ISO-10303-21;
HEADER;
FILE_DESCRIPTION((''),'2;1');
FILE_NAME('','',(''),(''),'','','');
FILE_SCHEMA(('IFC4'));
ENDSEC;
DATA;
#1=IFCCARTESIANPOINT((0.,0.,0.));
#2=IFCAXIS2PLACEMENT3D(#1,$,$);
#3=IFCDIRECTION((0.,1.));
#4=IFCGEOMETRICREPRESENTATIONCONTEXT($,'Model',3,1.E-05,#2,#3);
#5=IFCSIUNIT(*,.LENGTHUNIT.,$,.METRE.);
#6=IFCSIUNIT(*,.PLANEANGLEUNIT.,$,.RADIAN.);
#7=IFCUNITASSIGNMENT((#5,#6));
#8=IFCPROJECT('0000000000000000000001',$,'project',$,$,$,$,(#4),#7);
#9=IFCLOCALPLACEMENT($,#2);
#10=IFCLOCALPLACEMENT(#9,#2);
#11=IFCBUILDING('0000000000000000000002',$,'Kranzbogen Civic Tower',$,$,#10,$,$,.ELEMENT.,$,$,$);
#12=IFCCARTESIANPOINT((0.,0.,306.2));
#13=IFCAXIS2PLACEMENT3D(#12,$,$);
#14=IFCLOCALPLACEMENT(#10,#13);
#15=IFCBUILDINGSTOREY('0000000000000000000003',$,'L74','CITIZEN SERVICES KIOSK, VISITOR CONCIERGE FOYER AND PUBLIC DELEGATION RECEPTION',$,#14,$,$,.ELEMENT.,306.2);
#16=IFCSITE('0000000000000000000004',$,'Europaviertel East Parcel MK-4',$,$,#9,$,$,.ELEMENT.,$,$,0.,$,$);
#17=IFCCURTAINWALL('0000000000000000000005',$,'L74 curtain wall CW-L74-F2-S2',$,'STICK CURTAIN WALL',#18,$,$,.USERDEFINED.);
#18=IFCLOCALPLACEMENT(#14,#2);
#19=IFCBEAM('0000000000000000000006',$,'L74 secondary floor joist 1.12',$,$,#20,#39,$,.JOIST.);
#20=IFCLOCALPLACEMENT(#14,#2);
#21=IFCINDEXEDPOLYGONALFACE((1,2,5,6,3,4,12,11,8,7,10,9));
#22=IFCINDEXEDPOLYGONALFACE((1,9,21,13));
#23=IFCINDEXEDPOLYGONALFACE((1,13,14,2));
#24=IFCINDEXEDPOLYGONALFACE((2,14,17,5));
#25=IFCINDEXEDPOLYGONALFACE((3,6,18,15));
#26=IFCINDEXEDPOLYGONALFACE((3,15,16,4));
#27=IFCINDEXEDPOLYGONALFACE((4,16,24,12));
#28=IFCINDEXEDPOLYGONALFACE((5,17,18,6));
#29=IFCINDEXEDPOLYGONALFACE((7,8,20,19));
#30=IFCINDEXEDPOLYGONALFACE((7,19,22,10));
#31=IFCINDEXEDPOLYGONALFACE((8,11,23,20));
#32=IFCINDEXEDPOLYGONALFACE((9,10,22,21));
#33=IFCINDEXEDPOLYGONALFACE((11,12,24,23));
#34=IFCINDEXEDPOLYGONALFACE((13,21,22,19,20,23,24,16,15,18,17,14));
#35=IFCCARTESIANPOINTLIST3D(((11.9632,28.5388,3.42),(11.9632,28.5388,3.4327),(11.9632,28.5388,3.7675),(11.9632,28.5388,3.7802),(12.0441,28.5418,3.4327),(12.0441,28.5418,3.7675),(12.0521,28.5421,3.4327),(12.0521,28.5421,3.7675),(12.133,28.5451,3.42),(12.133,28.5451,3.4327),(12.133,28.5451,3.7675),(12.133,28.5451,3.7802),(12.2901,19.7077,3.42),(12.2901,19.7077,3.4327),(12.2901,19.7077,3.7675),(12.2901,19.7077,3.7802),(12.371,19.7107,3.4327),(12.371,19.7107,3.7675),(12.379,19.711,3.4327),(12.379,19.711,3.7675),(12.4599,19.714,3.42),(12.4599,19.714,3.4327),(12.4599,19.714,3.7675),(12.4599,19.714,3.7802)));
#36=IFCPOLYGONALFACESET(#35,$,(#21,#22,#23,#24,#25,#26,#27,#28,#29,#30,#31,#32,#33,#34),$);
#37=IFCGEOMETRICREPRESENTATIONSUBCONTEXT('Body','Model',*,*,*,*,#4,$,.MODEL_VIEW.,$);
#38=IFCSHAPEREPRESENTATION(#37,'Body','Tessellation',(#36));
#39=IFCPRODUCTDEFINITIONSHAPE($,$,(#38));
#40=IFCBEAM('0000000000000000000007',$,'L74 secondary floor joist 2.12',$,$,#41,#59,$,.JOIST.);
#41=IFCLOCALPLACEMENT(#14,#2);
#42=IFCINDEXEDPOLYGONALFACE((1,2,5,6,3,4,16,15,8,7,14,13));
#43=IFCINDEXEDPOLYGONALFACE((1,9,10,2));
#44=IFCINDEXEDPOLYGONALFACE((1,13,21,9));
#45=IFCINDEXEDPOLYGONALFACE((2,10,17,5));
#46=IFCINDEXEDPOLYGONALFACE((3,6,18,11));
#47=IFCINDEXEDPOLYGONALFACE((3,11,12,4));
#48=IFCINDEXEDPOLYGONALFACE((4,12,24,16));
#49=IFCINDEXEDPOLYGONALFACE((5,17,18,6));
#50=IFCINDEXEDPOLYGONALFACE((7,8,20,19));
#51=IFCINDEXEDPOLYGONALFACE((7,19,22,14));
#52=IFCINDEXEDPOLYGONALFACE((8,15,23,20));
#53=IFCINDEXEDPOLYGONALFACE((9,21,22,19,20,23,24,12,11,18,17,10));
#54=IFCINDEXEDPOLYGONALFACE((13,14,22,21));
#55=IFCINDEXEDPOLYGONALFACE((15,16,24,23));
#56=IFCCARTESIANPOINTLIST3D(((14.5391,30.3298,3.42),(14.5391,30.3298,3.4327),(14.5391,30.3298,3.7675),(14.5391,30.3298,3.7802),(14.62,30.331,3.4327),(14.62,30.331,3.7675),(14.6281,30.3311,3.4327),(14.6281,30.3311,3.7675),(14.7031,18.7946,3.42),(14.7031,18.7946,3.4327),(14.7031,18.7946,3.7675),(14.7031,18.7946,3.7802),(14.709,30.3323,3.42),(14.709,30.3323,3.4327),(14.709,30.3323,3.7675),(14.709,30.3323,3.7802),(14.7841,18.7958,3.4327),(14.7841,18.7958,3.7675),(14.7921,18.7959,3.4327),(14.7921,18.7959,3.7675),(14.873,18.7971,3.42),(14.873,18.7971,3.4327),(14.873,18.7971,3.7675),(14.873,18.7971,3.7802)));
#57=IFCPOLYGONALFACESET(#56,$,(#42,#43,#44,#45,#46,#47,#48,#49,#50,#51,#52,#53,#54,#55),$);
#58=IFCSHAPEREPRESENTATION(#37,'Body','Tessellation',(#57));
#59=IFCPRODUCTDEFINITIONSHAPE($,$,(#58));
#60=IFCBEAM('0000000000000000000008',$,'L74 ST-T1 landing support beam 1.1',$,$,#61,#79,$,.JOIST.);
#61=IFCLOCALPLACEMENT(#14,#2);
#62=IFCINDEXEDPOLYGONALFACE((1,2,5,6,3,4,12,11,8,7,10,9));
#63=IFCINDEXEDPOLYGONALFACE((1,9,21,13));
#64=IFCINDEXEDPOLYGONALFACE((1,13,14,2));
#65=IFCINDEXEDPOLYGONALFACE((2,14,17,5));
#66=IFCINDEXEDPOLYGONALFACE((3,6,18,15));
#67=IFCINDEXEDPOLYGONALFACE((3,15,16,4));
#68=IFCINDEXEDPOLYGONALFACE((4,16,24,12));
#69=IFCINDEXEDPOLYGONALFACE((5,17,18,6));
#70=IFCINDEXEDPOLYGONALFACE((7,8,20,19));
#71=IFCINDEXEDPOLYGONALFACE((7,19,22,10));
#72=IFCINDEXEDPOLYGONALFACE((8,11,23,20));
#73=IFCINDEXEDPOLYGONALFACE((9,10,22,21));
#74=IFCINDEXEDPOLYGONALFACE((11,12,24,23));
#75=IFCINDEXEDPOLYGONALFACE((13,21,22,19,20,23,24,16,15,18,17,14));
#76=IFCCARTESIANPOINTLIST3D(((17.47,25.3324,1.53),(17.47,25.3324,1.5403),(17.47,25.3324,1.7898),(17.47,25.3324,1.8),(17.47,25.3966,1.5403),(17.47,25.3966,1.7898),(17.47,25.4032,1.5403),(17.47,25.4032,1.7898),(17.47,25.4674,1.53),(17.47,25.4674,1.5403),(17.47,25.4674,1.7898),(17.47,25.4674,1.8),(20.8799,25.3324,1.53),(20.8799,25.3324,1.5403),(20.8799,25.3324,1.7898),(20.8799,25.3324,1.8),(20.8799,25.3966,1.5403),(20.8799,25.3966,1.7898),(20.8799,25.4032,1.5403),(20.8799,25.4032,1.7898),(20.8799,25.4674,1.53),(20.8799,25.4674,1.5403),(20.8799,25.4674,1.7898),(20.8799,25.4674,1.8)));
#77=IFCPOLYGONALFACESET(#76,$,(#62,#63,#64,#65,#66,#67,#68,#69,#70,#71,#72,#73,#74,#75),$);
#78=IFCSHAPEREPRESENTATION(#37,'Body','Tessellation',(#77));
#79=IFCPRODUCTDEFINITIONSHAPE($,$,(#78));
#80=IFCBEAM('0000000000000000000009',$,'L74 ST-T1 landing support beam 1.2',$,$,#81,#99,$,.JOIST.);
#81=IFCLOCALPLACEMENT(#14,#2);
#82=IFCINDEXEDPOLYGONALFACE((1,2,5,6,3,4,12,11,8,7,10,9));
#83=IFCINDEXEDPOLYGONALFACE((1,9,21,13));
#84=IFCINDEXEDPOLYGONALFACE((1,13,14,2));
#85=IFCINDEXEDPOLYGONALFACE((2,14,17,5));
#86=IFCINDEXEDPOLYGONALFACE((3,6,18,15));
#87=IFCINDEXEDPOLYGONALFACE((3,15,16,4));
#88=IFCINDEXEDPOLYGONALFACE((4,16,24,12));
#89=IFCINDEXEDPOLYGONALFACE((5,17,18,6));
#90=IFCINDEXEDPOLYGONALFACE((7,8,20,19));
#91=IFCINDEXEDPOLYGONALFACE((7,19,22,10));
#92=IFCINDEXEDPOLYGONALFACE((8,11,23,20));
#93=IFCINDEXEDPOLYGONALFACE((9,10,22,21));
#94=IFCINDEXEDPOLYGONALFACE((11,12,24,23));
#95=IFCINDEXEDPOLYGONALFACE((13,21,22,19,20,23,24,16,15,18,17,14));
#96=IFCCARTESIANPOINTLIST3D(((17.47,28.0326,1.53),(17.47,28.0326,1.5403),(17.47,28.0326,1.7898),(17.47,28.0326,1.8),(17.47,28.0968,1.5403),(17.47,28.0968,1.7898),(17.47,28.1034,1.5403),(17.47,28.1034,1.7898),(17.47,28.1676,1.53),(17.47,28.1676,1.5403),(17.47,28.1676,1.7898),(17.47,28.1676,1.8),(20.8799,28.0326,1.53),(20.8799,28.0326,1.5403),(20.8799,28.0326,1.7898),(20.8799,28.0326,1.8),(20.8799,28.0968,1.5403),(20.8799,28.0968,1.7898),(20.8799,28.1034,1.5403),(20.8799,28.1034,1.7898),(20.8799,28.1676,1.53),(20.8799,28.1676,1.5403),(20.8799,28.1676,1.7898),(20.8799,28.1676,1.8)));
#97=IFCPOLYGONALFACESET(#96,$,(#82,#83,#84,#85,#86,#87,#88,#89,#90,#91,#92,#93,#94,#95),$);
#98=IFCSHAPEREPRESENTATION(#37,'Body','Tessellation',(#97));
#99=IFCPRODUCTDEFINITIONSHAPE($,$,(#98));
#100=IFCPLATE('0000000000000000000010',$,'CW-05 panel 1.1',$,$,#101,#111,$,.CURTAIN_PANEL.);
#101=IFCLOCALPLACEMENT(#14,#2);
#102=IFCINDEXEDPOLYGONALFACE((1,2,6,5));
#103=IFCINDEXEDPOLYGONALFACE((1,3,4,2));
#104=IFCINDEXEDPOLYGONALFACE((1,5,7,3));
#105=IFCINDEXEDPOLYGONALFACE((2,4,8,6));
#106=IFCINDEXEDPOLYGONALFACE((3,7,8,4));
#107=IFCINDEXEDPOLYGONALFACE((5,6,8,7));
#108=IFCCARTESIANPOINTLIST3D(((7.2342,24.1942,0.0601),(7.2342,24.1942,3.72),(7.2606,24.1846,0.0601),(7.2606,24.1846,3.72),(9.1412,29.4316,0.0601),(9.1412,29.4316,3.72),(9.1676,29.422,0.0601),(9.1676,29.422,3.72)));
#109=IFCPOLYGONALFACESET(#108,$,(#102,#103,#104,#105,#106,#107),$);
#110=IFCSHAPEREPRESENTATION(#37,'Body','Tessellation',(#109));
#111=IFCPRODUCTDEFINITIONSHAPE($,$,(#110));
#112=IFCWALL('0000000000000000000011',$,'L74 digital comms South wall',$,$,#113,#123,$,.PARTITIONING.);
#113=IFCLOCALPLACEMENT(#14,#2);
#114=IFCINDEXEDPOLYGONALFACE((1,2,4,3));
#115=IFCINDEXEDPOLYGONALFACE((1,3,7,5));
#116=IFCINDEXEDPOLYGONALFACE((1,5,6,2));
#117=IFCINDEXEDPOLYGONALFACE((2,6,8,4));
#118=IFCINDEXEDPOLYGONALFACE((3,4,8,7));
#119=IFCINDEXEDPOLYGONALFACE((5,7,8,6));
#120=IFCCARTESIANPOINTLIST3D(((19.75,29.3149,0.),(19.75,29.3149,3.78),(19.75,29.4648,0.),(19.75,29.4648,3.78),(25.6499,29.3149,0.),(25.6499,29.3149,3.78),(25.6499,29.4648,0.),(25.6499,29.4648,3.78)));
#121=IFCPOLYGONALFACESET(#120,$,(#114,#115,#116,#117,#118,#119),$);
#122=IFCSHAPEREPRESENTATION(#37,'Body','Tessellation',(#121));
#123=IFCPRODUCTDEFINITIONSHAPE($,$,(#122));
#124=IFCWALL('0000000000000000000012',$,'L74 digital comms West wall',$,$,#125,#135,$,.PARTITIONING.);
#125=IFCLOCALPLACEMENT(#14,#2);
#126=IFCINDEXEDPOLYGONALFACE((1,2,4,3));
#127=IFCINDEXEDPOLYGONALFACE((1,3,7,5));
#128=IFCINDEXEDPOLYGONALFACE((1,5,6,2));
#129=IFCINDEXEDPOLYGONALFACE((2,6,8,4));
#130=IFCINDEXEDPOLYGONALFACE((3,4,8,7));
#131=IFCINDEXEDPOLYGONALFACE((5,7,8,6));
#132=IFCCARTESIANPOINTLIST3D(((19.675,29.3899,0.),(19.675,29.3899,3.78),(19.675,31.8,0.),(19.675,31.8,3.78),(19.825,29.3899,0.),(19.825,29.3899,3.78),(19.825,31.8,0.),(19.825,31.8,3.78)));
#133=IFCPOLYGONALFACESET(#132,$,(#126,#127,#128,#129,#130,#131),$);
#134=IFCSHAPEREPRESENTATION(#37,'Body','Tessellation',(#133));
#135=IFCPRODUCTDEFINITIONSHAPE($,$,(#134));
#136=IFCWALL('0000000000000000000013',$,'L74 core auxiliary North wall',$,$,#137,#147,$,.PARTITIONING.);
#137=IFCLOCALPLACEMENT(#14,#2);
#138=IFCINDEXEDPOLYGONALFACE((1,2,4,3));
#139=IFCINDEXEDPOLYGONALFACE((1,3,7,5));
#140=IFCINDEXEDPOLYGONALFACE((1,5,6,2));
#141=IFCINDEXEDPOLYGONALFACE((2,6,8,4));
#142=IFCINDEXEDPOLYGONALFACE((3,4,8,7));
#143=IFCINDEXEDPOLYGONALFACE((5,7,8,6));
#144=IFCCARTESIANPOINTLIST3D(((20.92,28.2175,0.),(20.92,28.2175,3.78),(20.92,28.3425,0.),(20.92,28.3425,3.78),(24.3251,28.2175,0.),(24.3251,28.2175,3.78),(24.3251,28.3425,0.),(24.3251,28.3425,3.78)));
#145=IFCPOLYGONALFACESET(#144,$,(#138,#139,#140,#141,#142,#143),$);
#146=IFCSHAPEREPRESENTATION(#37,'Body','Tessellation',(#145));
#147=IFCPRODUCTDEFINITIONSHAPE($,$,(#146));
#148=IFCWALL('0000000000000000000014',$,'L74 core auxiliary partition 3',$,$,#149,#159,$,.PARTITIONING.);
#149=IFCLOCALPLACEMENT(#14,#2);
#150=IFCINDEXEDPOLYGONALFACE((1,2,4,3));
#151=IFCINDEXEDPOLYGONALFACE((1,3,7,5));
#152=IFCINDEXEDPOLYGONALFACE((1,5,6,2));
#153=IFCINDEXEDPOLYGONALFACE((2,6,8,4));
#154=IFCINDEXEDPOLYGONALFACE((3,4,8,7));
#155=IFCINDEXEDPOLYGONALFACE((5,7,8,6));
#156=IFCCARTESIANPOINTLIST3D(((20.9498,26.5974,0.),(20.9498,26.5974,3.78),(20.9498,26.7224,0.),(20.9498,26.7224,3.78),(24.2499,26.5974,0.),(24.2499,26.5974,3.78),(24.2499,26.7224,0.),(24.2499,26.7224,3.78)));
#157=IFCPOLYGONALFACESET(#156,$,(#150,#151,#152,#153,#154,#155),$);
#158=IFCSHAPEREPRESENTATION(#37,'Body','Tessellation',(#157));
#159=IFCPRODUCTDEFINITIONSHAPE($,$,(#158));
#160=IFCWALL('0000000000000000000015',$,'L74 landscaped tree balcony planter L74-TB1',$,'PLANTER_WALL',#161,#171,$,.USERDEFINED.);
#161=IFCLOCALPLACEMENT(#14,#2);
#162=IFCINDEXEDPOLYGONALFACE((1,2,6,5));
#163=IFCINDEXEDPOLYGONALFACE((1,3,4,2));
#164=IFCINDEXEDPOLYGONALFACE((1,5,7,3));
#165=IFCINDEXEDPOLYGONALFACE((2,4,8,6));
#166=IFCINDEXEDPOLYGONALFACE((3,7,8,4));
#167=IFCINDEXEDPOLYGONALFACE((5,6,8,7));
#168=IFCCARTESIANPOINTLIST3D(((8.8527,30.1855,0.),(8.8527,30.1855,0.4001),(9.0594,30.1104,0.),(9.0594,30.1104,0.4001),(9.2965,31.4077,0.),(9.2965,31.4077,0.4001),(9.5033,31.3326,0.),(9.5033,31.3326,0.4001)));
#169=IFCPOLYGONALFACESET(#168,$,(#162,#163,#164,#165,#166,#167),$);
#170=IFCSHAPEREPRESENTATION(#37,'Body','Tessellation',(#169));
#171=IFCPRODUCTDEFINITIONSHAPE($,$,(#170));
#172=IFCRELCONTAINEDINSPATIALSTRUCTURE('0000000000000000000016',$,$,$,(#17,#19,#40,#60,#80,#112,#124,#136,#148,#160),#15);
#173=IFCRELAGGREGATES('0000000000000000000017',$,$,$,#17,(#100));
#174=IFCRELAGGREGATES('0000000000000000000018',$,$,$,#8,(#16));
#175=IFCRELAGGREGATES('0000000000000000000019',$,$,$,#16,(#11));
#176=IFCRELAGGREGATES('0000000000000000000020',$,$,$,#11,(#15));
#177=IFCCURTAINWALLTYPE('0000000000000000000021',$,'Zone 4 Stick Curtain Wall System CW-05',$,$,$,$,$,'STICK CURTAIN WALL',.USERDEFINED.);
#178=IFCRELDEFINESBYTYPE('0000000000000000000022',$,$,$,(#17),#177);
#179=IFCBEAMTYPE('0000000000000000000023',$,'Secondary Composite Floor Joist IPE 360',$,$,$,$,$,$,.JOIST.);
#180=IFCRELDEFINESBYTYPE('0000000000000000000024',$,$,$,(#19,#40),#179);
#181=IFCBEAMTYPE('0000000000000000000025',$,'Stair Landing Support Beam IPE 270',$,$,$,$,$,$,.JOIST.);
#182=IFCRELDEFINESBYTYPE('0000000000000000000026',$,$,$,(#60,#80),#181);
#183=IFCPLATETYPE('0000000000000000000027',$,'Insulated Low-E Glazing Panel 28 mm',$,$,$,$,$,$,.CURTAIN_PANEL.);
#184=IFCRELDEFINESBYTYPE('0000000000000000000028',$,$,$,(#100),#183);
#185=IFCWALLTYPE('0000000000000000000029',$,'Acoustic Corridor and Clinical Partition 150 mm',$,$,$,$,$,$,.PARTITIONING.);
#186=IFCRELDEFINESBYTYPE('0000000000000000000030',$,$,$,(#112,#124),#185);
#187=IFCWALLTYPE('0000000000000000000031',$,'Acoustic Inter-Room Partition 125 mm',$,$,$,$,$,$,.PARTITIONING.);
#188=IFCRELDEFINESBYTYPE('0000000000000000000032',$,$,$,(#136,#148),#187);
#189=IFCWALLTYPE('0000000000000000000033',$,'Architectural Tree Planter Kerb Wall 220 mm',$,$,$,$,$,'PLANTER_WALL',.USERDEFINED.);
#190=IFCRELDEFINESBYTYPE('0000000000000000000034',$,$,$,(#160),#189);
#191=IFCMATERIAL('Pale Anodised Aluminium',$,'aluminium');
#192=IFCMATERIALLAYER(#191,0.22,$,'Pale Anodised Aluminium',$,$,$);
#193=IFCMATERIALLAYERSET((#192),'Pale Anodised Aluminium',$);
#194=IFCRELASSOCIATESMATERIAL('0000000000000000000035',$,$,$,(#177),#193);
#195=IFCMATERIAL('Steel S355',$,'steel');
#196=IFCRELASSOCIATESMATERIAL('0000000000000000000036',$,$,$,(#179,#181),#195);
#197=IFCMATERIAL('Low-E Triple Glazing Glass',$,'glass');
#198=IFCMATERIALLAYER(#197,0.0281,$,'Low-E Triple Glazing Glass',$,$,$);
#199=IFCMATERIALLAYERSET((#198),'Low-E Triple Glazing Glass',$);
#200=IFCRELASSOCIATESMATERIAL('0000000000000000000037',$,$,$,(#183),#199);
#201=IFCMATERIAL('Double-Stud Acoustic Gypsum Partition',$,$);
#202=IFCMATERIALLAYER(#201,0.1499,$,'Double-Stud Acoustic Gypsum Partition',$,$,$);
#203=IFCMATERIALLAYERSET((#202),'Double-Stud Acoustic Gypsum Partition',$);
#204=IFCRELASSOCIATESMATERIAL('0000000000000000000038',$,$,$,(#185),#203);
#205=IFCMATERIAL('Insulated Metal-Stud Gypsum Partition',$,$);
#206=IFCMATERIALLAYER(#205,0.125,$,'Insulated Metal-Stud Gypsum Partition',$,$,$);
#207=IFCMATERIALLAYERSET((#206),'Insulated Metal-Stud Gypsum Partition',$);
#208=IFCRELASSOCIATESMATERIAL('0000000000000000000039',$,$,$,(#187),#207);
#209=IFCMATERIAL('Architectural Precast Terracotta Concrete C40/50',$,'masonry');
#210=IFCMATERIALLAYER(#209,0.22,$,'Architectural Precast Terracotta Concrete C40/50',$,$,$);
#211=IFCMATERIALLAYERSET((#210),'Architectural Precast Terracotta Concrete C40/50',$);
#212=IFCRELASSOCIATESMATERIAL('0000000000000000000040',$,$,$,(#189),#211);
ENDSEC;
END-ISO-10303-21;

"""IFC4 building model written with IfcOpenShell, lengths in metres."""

from ifc_helpers import new_model, si_unit, direction, frame, frame_2d, origin, origin_2d, place, context, subcontext, project, spatial, rectangle, i_section, extrude, material, layer, layer_set, material_profile, profile_set, type_object, element, aggregate, save


model = new_model("IFC4")

# Units and contexts
model_context = context("Model", 3, precision=1e-05, world=origin(), true_north=direction((0.0, 1.0)))
body_context = subcontext(model_context, "Body", "Model", "MODEL_VIEW")
ifc_project = project(units=[si_unit("LENGTHUNIT", "METRE"), si_unit("PLANEANGLEUNIT", "RADIAN")], contexts=[model_context])

# Site, building, storey
site_placement = place(None, origin())
site = spatial("IfcSite", under=ifc_project, at=site_placement, Name="Europaviertel East Parcel MK-4", CompositionType="ELEMENT", RefElevation=0.0)
building_placement = place(site_placement, origin())
building = spatial("IfcBuilding", under=site, at=building_placement, Name="Kranzbogen Civic Tower", CompositionType="ELEMENT")
storey_placement = place(building_placement, frame((0.0, 0.0, 306.2)))
storey = spatial("IfcBuildingStorey", under=building, at=storey_placement, Name="L74", Description="CITIZEN SERVICES KIOSK, VISITOR CONCIERGE FOYER AND PUBLIC DELEGATION RECEPTION", CompositionType="ELEMENT", Elevation=306.2)

# Shared definitions
ifc_material_1 = material(Name="Steel S355", Category="steel")

# Shared definitions
ifc_material_2 = material(Name="Pale Anodised Aluminium", Category="aluminium")
ifc_layer_1 = layer(ifc_material_2, 0.22, Name="Pale Anodised Aluminium")
ifc_layer_set_1 = layer_set([ifc_layer_1], Name="Pale Anodised Aluminium")
curtain_wall_type = type_object("IfcCurtainWallType", Name="Zone 4 Stick Curtain Wall System CW-05", ElementType="STICK CURTAIN WALL", PredefinedType="USERDEFINED", material=ifc_layer_set_1)

# Curtain wall
curtain_wall_1_placement = place(storey_placement, origin())
curtain_wall_1 = element("IfcCurtainWall", 1, at=curtain_wall_1_placement, inside=storey, type_object=curtain_wall_type, Name="L74 curtain wall CW-L74-F2-S2", ObjectType="STICK CURTAIN WALL", PredefinedType="USERDEFINED")

# Beams
ifc_material_profile_1 = material_profile(ifc_material_1, i_section(OverallWidth=0.1699, OverallDepth=0.3601, WebThickness=0.0081, FlangeThickness=0.0127, at=origin_2d()), Name="IPE 360")
ifc_profile_set_1 = profile_set([ifc_material_profile_1], Name="Steel S355")
beam_type_1 = type_object("IfcBeamType", Name="Secondary Composite Floor Joist IPE 360", PredefinedType="JOIST", material=ifc_profile_set_1)
beam_1_placement = place(storey_placement, frame((12.0481, 28.542, 3.6001), z_axis=(0.036992, -0.999316, 0.0), x_axis=(0.999316, 0.036992, 0.0)))
element("IfcBeam", 2, at=beam_1_placement, inside=storey, type_object=beam_type_1, Name="L74 secondary floor joist 1.12", PredefinedType="JOIST", context=body_context, shape_type="SweptSolid", body=[
    extrude(i_section(OverallWidth=0.1699, OverallDepth=0.3601, WebThickness=0.0081, FlangeThickness=0.0127, at=origin_2d()), origin(), (0.0, 0.0, 1.0), 8.8372),
])
beam_2_placement = place(storey_placement, frame((14.624, 30.3311, 3.6001), z_axis=(0.014221, -0.999899, 0.0), x_axis=(0.999899, 0.014221, 0.0)))
element("IfcBeam", 3, at=beam_2_placement, inside=storey, type_object=beam_type_1, Name="L74 secondary floor joist 2.12", PredefinedType="JOIST", context=body_context, shape_type="SweptSolid", body=[
    extrude(i_section(OverallWidth=0.1699, OverallDepth=0.3601, WebThickness=0.0081, FlangeThickness=0.0127, at=origin_2d()), origin(), (0.0, 0.0, 1.0), 11.5364),
])
ifc_material_profile_2 = material_profile(ifc_material_1, i_section(OverallWidth=0.135, OverallDepth=0.27, WebThickness=0.0066, FlangeThickness=0.0103, at=origin_2d()), Name="IPE 270")
ifc_profile_set_2 = profile_set([ifc_material_profile_2], Name="Steel S355")
beam_type_2 = type_object("IfcBeamType", Name="Stair Landing Support Beam IPE 270", PredefinedType="JOIST", material=ifc_profile_set_2)
for number, where, z_axis, x_axis, name in (
    (4, (20.8799, 25.3999, 1.665), (-1.0, 0.0, 0.0), (0.0, -1.0, 0.0), "L74 ST-T1 landing support beam 1.1"),
    (5, (20.8799, 28.1001, 1.665), (-1.0, 0.0, 0.0), (0.0, -1.0, 0.0), "L74 ST-T1 landing support beam 1.2"),
):
    element("IfcBeam", number, at=place(storey_placement, frame(where, z_axis=z_axis, x_axis=x_axis)), inside=storey, type_object=beam_type_2, Name=name, PredefinedType="JOIST", context=body_context, shape_type="SweptSolid", body=[
        extrude(i_section(OverallWidth=0.135, OverallDepth=0.27, WebThickness=0.0066, FlangeThickness=0.0103, at=origin_2d()), origin(), (0.0, 0.0, 1.0), 3.4099),
    ])

# Plate
ifc_material_3 = material(Name="Low-E Triple Glazing Glass", Category="glass")
ifc_layer_2 = layer(ifc_material_3, 0.0281, Name="Low-E Triple Glazing Glass")
ifc_layer_set_2 = layer_set([ifc_layer_2], Name="Low-E Triple Glazing Glass")
plate_type = type_object("IfcPlateType", Name="Insulated Low-E Glazing Panel 28 mm", PredefinedType="CURTAIN_PANEL", material=ifc_layer_set_2)
plate_placement = place(storey_placement, frame((8.2009, 26.8081, 0.0601), z_axis=(0.0, 0.0, 1.0), x_axis=(-0.342138, -0.93965, 0.0)))
plate = element("IfcPlate", 6, at=plate_placement, type_object=plate_type, Name="CW-05 panel 1.1", PredefinedType="CURTAIN_PANEL", context=body_context, shape_type="SweptSolid", body=[
    extrude(rectangle(XDim=5.5737, YDim=0.0281, at=origin_2d()), origin(), (0.0, 0.0, 1.0), 3.6599),
])
aggregate(curtain_wall_1, [plate])

# Walls
ifc_material_4 = material(Name="Double-Stud Acoustic Gypsum Partition")
ifc_layer_3 = layer(ifc_material_4, 0.1499, Name="Double-Stud Acoustic Gypsum Partition")
ifc_layer_set_3 = layer_set([ifc_layer_3], Name="Double-Stud Acoustic Gypsum Partition")
wall_type_1 = type_object("IfcWallType", Name="Acoustic Corridor and Clinical Partition 150 mm", PredefinedType="PARTITIONING", material=ifc_layer_set_3)
wall_1_placement = place(storey_placement, frame((19.75, 29.3899, 0.0), z_axis=(0.0, 0.0, 1.0), x_axis=(1.0, 0.0, 0.0)))
element("IfcWall", 7, at=wall_1_placement, inside=storey, type_object=wall_type_1, Name="L74 digital comms South wall", PredefinedType="PARTITIONING", context=body_context, shape_type="SweptSolid", body=[
    extrude(rectangle(XDim=5.8999, YDim=0.1499, at=frame_2d((2.95, 0.0))), origin(), (0.0, 0.0, 1.0), 3.78),
])
wall_2_placement = place(storey_placement, frame((19.75, 29.3899, 0.0), z_axis=(0.0, 0.0, 1.0), x_axis=(0.0, 1.0, 0.0)))
element("IfcWall", 8, at=wall_2_placement, inside=storey, type_object=wall_type_1, Name="L74 digital comms West wall", PredefinedType="PARTITIONING", context=body_context, shape_type="SweptSolid", body=[
    extrude(rectangle(XDim=2.4102, YDim=0.1499, at=frame_2d((1.2051, 0.0))), origin(), (0.0, 0.0, 1.0), 3.78),
])
ifc_material_5 = material(Name="Insulated Metal-Stud Gypsum Partition")
ifc_layer_4 = layer(ifc_material_5, 0.125, Name="Insulated Metal-Stud Gypsum Partition")
ifc_layer_set_4 = layer_set([ifc_layer_4], Name="Insulated Metal-Stud Gypsum Partition")
wall_type_2 = type_object("IfcWallType", Name="Acoustic Inter-Room Partition 125 mm", PredefinedType="PARTITIONING", material=ifc_layer_set_4)
wall_3_placement = place(storey_placement, frame((20.9199, 28.28, 0.0), z_axis=(0.0, 0.0, 1.0), x_axis=(1.0, 0.0, 0.0)))
element("IfcWall", 9, at=wall_3_placement, inside=storey, type_object=wall_type_2, Name="L74 core auxiliary North wall", PredefinedType="PARTITIONING", context=body_context, shape_type="SweptSolid", body=[
    extrude(rectangle(XDim=3.405, YDim=0.125, at=frame_2d((1.7026, 0.0))), origin(), (0.0, 0.0, 1.0), 3.78),
])
wall_4_placement = place(storey_placement, frame((20.95, 26.6599, 0.0), z_axis=(0.0, 0.0, 1.0), x_axis=(1.0, 0.0, 0.0)))
element("IfcWall", 10, at=wall_4_placement, inside=storey, type_object=wall_type_2, Name="L74 core auxiliary partition 3", PredefinedType="PARTITIONING", context=body_context, shape_type="SweptSolid", body=[
    extrude(rectangle(XDim=3.3, YDim=0.125, at=frame_2d((1.6499, 0.0))), origin(), (0.0, 0.0, 1.0), 3.78),
])
ifc_material_6 = material(Name="Architectural Precast Terracotta Concrete C40/50", Category="masonry")
ifc_layer_5 = layer(ifc_material_6, 0.22, Name="Architectural Precast Terracotta Concrete C40/50")
ifc_layer_set_5 = layer_set([ifc_layer_5], Name="Architectural Precast Terracotta Concrete C40/50")
wall_type_3 = type_object("IfcWallType", Name="Architectural Tree Planter Kerb Wall 220 mm", ElementType="PLANTER_WALL", PredefinedType="USERDEFINED", material=ifc_layer_set_5)
wall_5_placement = place(storey_placement, frame((9.3999, 31.3701, 0.0), z_axis=(0.0, 0.0, 1.0), x_axis=(-0.341351, -0.939936, 0.0)))
element("IfcWall", 11, at=wall_5_placement, inside=storey, type_object=wall_type_3, Name="L74 landscaped tree balcony planter L74-TB1", ObjectType="PLANTER_WALL", PredefinedType="USERDEFINED", context=body_context, shape_type="SweptSolid", body=[
    extrude(rectangle(XDim=1.3003, YDim=0.22, at=frame_2d((0.6501, 0.0))), origin(), (0.0, 0.0, 1.0), 0.4001),
])

save(model, "model.ifc")
